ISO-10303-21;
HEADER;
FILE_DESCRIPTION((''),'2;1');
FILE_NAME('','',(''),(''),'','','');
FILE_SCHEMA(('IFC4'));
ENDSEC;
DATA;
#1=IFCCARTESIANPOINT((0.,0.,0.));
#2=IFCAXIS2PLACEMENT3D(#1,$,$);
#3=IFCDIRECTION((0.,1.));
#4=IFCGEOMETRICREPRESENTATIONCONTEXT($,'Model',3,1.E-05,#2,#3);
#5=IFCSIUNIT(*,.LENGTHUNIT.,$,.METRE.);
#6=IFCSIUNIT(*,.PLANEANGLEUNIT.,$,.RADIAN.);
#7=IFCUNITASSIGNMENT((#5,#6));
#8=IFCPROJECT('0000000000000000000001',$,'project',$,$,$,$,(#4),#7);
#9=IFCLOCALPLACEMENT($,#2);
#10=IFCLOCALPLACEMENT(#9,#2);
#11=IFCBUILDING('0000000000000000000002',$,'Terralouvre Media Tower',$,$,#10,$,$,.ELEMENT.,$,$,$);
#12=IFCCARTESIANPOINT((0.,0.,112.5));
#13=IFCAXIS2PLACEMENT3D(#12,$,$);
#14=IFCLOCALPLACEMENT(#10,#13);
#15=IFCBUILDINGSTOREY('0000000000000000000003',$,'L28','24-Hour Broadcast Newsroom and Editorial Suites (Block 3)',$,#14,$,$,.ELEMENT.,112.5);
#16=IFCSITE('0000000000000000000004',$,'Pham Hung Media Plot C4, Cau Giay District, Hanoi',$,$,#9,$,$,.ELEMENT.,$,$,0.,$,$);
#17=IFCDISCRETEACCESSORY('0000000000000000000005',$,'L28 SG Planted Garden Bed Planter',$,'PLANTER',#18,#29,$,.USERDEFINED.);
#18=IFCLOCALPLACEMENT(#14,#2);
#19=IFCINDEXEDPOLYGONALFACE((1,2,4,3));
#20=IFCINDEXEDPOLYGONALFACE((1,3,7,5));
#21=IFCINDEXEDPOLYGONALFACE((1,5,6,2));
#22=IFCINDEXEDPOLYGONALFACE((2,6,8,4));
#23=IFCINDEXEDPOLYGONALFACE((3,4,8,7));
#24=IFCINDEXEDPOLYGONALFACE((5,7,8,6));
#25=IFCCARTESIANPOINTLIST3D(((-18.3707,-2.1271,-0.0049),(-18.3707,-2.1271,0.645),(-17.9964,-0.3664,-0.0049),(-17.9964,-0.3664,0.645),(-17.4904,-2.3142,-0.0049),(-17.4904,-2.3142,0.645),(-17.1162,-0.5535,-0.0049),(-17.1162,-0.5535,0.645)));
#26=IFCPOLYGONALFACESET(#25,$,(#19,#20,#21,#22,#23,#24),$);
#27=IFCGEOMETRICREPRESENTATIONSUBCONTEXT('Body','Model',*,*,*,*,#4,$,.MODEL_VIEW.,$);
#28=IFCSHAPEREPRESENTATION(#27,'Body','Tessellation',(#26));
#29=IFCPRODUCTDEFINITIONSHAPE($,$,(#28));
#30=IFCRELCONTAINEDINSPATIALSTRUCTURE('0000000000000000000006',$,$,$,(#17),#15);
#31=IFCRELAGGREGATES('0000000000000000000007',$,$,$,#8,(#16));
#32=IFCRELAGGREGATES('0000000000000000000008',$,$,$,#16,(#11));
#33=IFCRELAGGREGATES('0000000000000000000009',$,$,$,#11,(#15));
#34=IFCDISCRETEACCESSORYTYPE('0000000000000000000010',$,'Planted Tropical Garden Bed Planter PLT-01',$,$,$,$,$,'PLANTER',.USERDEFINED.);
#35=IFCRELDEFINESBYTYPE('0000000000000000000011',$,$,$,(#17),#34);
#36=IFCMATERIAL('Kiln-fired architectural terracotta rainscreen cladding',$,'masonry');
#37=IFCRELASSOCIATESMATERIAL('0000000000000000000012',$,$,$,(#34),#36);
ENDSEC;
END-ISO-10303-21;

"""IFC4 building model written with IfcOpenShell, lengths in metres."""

from ifc_helpers import new_model, si_unit, direction, frame, origin, origin_2d, place, context, subcontext, project, spatial, rectangle, extrude, material, type_object, element, save


model = new_model("IFC4")

# Units and contexts
model_context = context("Model", 3, precision=1e-05, world=origin(), true_north=direction((0.0, 1.0)))
body_context = subcontext(model_context, "Body", "Model", "MODEL_VIEW")
ifc_project = project(units=[si_unit("LENGTHUNIT", "METRE"), si_unit("PLANEANGLEUNIT", "RADIAN")], contexts=[model_context])

# Site, building, storey
site_placement = place(None, origin())
site = spatial("IfcSite", under=ifc_project, at=site_placement, Name="Pham Hung Media Plot C4, Cau Giay District, Hanoi", CompositionType="ELEMENT", RefElevation=0.0)
building_placement = place(site_placement, origin())
building = spatial("IfcBuilding", under=site, at=building_placement, Name="Terralouvre Media Tower", CompositionType="ELEMENT")
storey_placement = place(building_placement, frame((0.0, 0.0, 112.5)))
storey = spatial("IfcBuildingStorey", under=building, at=storey_placement, Name="L28", Description="24-Hour Broadcast Newsroom and Editorial Suites (Block 3)", CompositionType="ELEMENT", Elevation=112.5)

# Discrete accessory
ifc_material_1 = material(Name="Kiln-fired architectural terracotta rainscreen cladding", Category="masonry")
discrete_accessory_type_1 = type_object("IfcDiscreteAccessoryType", Name="Planted Tropical Garden Bed Planter PLT-01", ElementType="PLANTER", PredefinedType="USERDEFINED", material=ifc_material_1)
discrete_accessory_1_placement = place(storey_placement, frame((-17.7434, -1.3403, -0.0049), z_axis=(0.0, 0.0, 1.0), x_axis=(-0.207912, -0.978148, 0.0)))
element("IfcDiscreteAccessory", 1, at=discrete_accessory_1_placement, inside=storey, type_object=discrete_accessory_type_1, Name="L28 SG Planted Garden Bed Planter", ObjectType="PLANTER", PredefinedType="USERDEFINED", context=body_context, shape_type="SweptSolid", body=[
    extrude(rectangle(XDim=1.8, YDim=0.8999, at=origin_2d()), origin(), (0.0, 0.0, 1.0), 0.6499),
])

save(model, "model.ifc")
